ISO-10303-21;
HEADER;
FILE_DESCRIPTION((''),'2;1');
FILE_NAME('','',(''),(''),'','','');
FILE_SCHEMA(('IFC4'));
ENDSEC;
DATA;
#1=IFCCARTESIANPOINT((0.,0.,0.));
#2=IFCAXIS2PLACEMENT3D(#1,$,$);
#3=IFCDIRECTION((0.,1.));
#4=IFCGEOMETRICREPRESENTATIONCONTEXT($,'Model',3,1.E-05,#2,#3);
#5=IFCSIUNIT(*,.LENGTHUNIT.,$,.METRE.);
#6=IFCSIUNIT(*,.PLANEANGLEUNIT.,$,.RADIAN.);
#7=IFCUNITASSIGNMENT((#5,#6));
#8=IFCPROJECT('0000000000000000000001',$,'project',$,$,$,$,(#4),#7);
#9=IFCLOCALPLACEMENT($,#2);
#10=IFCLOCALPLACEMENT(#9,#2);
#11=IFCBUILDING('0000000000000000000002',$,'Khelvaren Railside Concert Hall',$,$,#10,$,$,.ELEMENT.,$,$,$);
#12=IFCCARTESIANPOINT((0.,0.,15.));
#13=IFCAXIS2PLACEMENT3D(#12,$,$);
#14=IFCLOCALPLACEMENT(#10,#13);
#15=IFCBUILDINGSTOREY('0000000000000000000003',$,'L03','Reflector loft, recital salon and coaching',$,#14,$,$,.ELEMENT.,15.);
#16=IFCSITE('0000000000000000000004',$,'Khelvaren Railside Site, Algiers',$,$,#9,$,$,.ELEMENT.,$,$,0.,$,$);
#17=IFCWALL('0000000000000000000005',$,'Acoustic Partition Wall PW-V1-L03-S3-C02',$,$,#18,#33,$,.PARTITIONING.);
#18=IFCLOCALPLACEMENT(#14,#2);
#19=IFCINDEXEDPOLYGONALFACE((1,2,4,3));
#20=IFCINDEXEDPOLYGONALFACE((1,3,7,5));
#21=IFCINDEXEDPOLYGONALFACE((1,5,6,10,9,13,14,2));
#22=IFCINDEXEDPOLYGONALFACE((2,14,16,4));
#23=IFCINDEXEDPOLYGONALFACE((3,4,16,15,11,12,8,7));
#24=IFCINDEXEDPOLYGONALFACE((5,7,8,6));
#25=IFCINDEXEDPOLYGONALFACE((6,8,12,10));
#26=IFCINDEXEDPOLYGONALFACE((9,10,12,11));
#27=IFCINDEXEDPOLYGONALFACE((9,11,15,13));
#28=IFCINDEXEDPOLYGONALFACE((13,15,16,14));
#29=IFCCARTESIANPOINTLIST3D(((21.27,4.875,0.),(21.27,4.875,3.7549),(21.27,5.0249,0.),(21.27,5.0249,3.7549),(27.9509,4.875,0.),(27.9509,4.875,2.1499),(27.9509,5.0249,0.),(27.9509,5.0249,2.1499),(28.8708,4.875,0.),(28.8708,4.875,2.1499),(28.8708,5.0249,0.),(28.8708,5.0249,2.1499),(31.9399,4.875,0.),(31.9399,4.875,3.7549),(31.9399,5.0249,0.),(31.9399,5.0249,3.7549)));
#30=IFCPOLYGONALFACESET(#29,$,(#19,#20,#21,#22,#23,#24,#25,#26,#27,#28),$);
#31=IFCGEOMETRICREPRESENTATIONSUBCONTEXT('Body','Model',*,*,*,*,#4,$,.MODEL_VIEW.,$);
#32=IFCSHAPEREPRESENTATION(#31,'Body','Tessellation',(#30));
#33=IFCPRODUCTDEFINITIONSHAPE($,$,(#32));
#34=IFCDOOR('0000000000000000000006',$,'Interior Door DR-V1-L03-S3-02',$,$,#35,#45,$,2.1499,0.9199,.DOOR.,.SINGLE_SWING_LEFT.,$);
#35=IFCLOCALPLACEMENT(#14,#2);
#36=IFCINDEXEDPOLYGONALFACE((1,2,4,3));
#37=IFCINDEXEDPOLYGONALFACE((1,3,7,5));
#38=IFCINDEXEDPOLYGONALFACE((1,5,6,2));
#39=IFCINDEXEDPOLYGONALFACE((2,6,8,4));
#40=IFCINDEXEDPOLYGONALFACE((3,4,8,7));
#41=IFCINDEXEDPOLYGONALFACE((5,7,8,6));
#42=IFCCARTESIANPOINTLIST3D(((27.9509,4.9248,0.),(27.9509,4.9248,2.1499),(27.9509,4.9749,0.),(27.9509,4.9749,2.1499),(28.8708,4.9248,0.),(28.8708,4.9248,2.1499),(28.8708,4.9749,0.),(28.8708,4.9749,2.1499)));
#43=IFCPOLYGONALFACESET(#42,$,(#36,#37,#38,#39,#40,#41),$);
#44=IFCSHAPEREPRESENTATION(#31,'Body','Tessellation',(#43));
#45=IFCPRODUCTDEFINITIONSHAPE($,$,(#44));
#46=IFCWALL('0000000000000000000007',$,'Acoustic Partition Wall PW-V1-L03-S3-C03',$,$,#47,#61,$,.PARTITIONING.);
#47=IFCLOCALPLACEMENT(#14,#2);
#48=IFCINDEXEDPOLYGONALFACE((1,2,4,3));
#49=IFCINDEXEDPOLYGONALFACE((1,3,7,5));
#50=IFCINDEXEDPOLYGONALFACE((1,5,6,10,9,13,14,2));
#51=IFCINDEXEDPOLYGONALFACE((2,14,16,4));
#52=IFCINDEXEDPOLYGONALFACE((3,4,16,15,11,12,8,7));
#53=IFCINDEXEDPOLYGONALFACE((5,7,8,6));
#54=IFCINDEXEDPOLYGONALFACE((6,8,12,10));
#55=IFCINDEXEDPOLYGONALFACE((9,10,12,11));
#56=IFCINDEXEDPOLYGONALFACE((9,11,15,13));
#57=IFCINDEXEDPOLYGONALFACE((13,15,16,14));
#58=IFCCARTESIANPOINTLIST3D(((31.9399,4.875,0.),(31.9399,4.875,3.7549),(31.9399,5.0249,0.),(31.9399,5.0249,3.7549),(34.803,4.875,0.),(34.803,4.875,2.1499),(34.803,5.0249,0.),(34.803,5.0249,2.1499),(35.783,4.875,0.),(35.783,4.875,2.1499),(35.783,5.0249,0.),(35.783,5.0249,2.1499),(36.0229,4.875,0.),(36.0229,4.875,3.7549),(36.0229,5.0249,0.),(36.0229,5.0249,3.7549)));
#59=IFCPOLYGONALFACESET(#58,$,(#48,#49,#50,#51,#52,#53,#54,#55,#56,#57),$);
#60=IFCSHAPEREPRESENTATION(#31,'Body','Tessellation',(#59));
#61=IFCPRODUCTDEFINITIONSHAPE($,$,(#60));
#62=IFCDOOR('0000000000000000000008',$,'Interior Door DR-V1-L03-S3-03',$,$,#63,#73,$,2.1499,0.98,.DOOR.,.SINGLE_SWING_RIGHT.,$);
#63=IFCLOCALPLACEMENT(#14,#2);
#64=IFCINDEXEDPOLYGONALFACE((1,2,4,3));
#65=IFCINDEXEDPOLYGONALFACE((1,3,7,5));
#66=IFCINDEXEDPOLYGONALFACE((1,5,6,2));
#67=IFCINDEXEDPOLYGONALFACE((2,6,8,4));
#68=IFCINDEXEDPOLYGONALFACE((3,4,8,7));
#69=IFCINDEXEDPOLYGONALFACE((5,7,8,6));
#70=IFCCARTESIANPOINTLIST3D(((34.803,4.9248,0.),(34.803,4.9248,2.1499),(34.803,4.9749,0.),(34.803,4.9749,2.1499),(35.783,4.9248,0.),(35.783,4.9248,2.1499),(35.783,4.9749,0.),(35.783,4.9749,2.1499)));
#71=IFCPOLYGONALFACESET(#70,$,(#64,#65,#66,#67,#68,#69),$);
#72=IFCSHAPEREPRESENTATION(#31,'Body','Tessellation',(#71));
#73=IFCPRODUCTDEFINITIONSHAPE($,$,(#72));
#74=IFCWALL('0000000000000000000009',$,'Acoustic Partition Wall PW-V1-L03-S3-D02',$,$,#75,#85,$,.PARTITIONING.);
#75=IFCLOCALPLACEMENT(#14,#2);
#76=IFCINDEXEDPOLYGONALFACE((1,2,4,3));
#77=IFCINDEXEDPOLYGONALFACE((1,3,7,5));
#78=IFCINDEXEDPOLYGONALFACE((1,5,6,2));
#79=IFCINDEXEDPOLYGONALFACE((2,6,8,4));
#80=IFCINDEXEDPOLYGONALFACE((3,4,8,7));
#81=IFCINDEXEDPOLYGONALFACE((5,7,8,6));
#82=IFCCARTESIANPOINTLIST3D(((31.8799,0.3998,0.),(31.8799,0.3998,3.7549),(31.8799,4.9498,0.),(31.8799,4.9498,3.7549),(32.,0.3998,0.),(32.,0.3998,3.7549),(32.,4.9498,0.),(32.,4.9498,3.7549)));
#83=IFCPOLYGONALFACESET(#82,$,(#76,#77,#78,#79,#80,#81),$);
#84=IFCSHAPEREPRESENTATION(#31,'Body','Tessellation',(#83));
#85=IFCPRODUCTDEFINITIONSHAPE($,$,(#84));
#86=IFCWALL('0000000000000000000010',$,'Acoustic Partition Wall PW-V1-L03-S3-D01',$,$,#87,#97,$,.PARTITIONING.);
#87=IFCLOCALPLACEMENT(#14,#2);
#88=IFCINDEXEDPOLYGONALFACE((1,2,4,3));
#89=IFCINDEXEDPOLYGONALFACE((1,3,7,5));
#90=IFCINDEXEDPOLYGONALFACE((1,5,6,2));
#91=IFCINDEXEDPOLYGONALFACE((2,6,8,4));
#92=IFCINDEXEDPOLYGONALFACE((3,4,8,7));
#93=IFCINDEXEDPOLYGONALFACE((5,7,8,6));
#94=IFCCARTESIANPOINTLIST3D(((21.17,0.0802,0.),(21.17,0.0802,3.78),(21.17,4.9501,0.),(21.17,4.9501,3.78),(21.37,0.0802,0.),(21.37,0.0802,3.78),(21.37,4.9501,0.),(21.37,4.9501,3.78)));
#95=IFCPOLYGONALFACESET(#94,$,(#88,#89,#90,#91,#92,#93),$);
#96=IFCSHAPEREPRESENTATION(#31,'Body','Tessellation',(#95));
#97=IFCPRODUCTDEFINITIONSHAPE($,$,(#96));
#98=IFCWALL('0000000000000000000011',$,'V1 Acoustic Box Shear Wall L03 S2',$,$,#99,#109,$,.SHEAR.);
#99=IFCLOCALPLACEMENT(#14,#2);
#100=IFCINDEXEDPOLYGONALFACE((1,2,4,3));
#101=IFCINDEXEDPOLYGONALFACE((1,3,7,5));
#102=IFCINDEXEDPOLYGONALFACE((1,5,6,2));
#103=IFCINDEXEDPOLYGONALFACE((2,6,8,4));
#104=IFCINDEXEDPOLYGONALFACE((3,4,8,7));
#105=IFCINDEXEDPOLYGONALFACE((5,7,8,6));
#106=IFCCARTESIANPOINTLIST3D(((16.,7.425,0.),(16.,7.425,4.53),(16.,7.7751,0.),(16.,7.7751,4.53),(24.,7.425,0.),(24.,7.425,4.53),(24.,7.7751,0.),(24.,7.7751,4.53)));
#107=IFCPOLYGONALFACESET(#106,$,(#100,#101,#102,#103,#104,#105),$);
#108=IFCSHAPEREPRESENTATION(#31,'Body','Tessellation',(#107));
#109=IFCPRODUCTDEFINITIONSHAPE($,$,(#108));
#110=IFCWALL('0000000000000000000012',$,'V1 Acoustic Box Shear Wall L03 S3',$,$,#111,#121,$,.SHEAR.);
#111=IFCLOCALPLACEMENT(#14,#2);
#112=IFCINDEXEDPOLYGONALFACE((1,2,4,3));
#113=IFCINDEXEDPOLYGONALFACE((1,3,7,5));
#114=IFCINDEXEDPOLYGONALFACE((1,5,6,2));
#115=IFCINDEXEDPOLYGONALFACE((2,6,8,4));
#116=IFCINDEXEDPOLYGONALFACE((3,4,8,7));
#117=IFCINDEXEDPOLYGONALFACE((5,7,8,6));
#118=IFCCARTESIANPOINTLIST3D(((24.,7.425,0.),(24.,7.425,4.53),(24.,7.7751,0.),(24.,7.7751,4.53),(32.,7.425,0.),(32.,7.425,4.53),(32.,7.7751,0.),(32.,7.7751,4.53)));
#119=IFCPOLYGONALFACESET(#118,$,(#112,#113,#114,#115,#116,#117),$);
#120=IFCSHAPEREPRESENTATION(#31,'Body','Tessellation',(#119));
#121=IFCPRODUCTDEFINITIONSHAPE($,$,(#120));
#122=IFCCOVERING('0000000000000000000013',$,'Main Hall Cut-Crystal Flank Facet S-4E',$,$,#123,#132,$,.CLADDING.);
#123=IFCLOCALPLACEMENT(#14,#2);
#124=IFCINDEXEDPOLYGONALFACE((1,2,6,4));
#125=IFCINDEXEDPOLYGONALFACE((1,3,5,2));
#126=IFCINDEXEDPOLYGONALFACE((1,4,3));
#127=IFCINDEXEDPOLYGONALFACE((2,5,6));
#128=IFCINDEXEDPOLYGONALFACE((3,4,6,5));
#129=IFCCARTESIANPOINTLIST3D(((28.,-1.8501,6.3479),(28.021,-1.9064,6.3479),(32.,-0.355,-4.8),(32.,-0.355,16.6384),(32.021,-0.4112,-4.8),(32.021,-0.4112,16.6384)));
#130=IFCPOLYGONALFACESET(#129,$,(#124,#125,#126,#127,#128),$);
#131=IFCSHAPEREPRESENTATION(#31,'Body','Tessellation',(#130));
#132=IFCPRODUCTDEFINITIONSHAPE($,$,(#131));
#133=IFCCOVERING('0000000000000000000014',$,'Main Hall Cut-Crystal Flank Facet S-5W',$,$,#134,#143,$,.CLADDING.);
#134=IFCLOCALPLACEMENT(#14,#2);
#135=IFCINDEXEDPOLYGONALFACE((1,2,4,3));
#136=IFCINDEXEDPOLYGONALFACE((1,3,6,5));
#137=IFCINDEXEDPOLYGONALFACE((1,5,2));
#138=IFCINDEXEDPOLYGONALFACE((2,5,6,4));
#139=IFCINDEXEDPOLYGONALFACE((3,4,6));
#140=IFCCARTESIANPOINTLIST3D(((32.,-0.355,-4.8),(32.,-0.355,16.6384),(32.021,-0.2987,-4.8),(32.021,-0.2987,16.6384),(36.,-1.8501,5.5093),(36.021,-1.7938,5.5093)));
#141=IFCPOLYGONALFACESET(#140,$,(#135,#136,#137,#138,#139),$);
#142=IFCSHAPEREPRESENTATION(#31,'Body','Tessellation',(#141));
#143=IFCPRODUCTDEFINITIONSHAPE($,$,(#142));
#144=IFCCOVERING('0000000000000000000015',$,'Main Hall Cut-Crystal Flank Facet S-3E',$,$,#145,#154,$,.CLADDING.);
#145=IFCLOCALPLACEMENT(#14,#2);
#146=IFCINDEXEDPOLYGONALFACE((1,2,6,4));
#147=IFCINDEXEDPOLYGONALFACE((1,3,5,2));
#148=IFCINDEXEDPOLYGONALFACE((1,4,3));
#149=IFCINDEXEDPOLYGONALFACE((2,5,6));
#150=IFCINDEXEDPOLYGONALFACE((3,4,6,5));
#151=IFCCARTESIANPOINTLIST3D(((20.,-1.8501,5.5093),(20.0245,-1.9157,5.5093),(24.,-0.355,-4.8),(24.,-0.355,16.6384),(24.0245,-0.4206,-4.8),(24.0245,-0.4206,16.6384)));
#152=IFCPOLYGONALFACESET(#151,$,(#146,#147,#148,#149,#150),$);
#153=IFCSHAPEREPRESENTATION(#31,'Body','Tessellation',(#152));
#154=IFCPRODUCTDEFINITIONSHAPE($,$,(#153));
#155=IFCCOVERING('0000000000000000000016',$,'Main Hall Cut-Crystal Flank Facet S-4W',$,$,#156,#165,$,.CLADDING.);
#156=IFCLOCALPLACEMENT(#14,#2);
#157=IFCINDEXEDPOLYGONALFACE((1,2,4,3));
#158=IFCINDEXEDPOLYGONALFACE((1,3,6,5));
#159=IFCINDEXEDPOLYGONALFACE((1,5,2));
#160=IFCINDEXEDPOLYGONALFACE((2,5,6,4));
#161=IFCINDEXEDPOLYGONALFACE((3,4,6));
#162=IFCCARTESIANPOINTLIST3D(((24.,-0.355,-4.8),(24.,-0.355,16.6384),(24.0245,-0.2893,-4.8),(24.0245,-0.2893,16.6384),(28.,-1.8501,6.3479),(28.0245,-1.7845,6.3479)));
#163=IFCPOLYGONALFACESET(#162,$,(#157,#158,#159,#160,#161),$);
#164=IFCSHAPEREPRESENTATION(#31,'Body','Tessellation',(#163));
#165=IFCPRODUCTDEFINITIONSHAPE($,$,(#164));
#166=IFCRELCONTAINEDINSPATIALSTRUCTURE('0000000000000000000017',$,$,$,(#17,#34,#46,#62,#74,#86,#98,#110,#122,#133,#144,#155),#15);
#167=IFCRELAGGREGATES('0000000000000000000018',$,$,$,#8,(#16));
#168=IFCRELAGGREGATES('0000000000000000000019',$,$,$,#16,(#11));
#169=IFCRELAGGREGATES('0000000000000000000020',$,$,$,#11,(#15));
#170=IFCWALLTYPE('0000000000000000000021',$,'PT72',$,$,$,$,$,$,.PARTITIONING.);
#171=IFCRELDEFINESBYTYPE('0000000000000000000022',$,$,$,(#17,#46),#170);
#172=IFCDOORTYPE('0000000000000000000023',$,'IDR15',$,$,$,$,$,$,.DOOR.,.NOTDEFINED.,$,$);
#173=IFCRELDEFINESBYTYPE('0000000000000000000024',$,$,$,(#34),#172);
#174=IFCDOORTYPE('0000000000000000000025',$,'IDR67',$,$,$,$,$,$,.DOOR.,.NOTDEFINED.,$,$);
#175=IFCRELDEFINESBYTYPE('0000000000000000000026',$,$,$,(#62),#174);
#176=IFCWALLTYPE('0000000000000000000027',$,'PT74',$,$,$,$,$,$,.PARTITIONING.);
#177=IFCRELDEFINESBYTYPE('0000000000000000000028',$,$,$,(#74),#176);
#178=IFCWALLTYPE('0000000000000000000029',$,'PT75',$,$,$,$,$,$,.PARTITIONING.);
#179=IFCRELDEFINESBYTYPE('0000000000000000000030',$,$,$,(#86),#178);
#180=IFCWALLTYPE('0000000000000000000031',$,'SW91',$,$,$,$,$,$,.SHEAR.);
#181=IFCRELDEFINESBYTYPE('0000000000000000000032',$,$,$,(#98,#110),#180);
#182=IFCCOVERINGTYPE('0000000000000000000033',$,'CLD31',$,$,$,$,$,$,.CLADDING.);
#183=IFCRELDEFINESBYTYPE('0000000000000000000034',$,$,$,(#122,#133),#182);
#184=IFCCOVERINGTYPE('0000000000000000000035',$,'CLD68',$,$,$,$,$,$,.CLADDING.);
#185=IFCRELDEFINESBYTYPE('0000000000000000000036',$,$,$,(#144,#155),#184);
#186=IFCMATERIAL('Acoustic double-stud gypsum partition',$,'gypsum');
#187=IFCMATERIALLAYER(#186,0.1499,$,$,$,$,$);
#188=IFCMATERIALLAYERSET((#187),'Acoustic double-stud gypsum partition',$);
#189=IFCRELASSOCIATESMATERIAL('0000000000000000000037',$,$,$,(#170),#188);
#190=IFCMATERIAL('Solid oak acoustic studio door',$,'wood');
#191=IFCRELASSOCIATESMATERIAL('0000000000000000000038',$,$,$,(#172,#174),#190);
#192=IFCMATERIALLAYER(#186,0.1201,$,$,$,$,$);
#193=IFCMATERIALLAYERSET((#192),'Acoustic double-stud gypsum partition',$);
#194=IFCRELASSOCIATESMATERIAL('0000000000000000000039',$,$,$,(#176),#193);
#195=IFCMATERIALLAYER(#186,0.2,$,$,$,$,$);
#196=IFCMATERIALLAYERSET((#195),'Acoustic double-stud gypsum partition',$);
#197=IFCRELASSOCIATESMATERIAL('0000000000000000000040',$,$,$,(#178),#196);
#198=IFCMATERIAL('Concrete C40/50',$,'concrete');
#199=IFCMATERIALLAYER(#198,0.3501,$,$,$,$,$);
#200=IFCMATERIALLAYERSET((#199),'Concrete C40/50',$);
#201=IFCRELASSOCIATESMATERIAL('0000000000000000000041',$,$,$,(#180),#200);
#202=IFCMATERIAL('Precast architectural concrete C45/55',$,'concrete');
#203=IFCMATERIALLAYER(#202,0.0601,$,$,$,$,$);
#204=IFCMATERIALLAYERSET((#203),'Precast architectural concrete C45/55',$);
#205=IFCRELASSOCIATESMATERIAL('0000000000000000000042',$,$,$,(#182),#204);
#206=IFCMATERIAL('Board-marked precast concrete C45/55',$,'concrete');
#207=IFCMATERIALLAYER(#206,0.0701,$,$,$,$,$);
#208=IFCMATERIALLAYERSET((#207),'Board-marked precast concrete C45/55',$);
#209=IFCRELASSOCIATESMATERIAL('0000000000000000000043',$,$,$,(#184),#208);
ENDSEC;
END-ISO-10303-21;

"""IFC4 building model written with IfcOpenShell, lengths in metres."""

from ifc_helpers import new_model, si_unit, direction, frame, frame_2d, origin, place, context, subcontext, project, spatial, polyline, rectangle, outline, extrude, material, layer, layer_set, type_object, element, fill, save


model = new_model("IFC4")

# Units and contexts
model_context = context("Model", 3, precision=1e-05, world=origin(), true_north=direction((0.0, 1.0)))
body_context = subcontext(model_context, "Body", "Model", "MODEL_VIEW")
ifc_project = project(units=[si_unit("LENGTHUNIT", "METRE"), si_unit("PLANEANGLEUNIT", "RADIAN")], contexts=[model_context])

# Site, building, storey
site_placement = place(None, origin())
site = spatial("IfcSite", under=ifc_project, at=site_placement, Name="Khelvaren Railside Site, Algiers", CompositionType="ELEMENT", RefElevation=0.0)
building_placement = place(site_placement, origin())
building = spatial("IfcBuilding", under=site, at=building_placement, Name="Khelvaren Railside Concert Hall", CompositionType="ELEMENT")
storey_placement = place(building_placement, frame((0.0, 0.0, 15.0)))
storey = spatial("IfcBuildingStorey", under=building, at=storey_placement, Name="L03", Description="Reflector loft, recital salon and coaching", CompositionType="ELEMENT", Elevation=15.0)

# Shared definitions
ifc_material_1 = material(Name="Concrete C40/50", Category="concrete")

# Walls, openings, doors
ifc_material_2 = material(Name="Acoustic double-stud gypsum partition", Category="gypsum")
ifc_layer_1 = layer(ifc_material_2, 0.1499)
ifc_layer_set_1 = layer_set([ifc_layer_1], Name="Acoustic double-stud gypsum partition")
wall_type_1 = type_object("IfcWallType", Name="PT72", PredefinedType="PARTITIONING", material=ifc_layer_set_1)
wall_1_placement = place(storey_placement, frame((21.27, 4.95, 0.0), z_axis=(0.0, 0.0, 1.0), x_axis=(1.0, 0.0, 0.0)))
wall_1 = element("IfcWall", 1, at=wall_1_placement, inside=storey, type_object=wall_type_1, Name="Acoustic Partition Wall PW-V1-L03-S3-C02", PredefinedType="PARTITIONING", context=body_context, shape_type="SweptSolid", body=[
    extrude(rectangle(XDim=10.6699, YDim=0.1499, at=frame_2d((5.335, 0.0))), origin(), (0.0, 0.0, 1.0), 3.7549),
])
opening_1_placement = place(wall_1_placement, frame((6.6809, 0.0, 0.0)))
opening_1 = element("IfcOpeningElement", 2, at=opening_1_placement, cuts=wall_1, PredefinedType="OPENING", context=body_context, shape_type="SweptSolid", body=[
    extrude(rectangle(XDim=0.9199, YDim=2.1499, at=frame_2d((0.46, 1.075))), frame((0.0, 0.085, 0.0), z_axis=(0.0, -1.0, 0.0), x_axis=(1.0, 0.0, 0.0)), (0.0, 0.0, 1.0), 0.1699),
])
ifc_material_3 = material(Name="Solid oak acoustic studio door", Category="wood")
door_type_1 = type_object("IfcDoorType", Name="IDR15", OperationType="NOTDEFINED", PredefinedType="DOOR", material=ifc_material_3)
door_1_placement = place(opening_1_placement, origin())
door_1 = element("IfcDoor", 3, at=door_1_placement, inside=storey, type_object=door_type_1, Name="Interior Door DR-V1-L03-S3-02", OperationType="SINGLE_SWING_LEFT", OverallHeight=2.1499, OverallWidth=0.9199, PredefinedType="DOOR", context=body_context, shape_type="SweptSolid", body=[
    extrude(rectangle(XDim=0.9199, YDim=2.1499, at=frame_2d((0.46, 1.075))), frame((0.0, 0.0249, 0.0), z_axis=(0.0, -1.0, 0.0), x_axis=(1.0, 0.0, 0.0)), (0.0, 0.0, 1.0), 0.05),
])
fill(opening_1, door_1)
wall_2_placement = place(storey_placement, frame((31.9399, 4.95, 0.0), z_axis=(0.0, 0.0, 1.0), x_axis=(1.0, 0.0, 0.0)))
wall_2 = element("IfcWall", 4, at=wall_2_placement, inside=storey, type_object=wall_type_1, Name="Acoustic Partition Wall PW-V1-L03-S3-C03", PredefinedType="PARTITIONING", context=body_context, shape_type="SweptSolid", body=[
    extrude(rectangle(XDim=4.083, YDim=0.1499, at=frame_2d((2.0415, 0.0))), origin(), (0.0, 0.0, 1.0), 3.7549),
])
opening_2_placement = place(wall_2_placement, frame((2.863, 0.0, 0.0)))
opening_2 = element("IfcOpeningElement", 5, at=opening_2_placement, cuts=wall_2, PredefinedType="OPENING", context=body_context, shape_type="SweptSolid", body=[
    extrude(rectangle(XDim=0.98, YDim=2.1499, at=frame_2d((0.49, 1.075))), frame((0.0, 0.085, 0.0), z_axis=(0.0, -1.0, 0.0), x_axis=(1.0, 0.0, 0.0)), (0.0, 0.0, 1.0), 0.1699),
])
door_type_2 = type_object("IfcDoorType", Name="IDR67", OperationType="NOTDEFINED", PredefinedType="DOOR", material=ifc_material_3)
door_2_placement = place(opening_2_placement, origin())
door_2 = element("IfcDoor", 6, at=door_2_placement, inside=storey, type_object=door_type_2, Name="Interior Door DR-V1-L03-S3-03", OperationType="SINGLE_SWING_RIGHT", OverallHeight=2.1499, OverallWidth=0.98, PredefinedType="DOOR", context=body_context, shape_type="SweptSolid", body=[
    extrude(rectangle(XDim=0.98, YDim=2.1499, at=frame_2d((0.49, 1.075))), frame((0.0, 0.0249, 0.0), z_axis=(0.0, -1.0, 0.0), x_axis=(1.0, 0.0, 0.0)), (0.0, 0.0, 1.0), 0.05),
])
fill(opening_2, door_2)

# Walls
ifc_layer_2 = layer(ifc_material_2, 0.1201)
ifc_layer_set_2 = layer_set([ifc_layer_2], Name="Acoustic double-stud gypsum partition")
wall_type_2 = type_object("IfcWallType", Name="PT74", PredefinedType="PARTITIONING", material=ifc_layer_set_2)
wall_3_placement = place(storey_placement, frame((31.9399, 0.3999, 0.0), z_axis=(0.0, 0.0, 1.0), x_axis=(0.0, 1.0, 0.0)))
element("IfcWall", 7, at=wall_3_placement, inside=storey, type_object=wall_type_2, Name="Acoustic Partition Wall PW-V1-L03-S3-D02", PredefinedType="PARTITIONING", context=body_context, shape_type="SweptSolid", body=[
    extrude(rectangle(XDim=4.55, YDim=0.1201, at=frame_2d((2.2749, 0.0))), origin(), (0.0, 0.0, 1.0), 3.7549),
])
ifc_layer_3 = layer(ifc_material_2, 0.2)
ifc_layer_set_3 = layer_set([ifc_layer_3], Name="Acoustic double-stud gypsum partition")
wall_type_3 = type_object("IfcWallType", Name="PT75", PredefinedType="PARTITIONING", material=ifc_layer_set_3)
wall_4_placement = place(storey_placement, frame((21.27, 0.0801, 0.0), z_axis=(0.0, 0.0, 1.0), x_axis=(0.0, 1.0, 0.0)))
element("IfcWall", 8, at=wall_4_placement, inside=storey, type_object=wall_type_3, Name="Acoustic Partition Wall PW-V1-L03-S3-D01", PredefinedType="PARTITIONING", context=body_context, shape_type="SweptSolid", body=[
    extrude(rectangle(XDim=4.8699, YDim=0.2, at=frame_2d((2.4351, 0.0))), origin(), (0.0, 0.0, 1.0), 3.78),
])
ifc_layer_4 = layer(ifc_material_1, 0.3501)
ifc_layer_set_4 = layer_set([ifc_layer_4], Name="Concrete C40/50")
wall_type_4 = type_object("IfcWallType", Name="SW91", PredefinedType="SHEAR", material=ifc_layer_set_4)
for number, where, z_axis, x_axis, name in (
    (9, (16.0, 7.6001, 0.0), (0.0, 0.0, 1.0), (1.0, 0.0, 0.0), "V1 Acoustic Box Shear Wall L03 S2"),
    (10, (24.0, 7.6001, 0.0), (0.0, 0.0, 1.0), (1.0, 0.0, 0.0), "V1 Acoustic Box Shear Wall L03 S3"),
):
    element("IfcWall", number, at=place(storey_placement, frame(where, z_axis=z_axis, x_axis=x_axis)), inside=storey, type_object=wall_type_4, Name=name, PredefinedType="SHEAR", context=body_context, shape_type="SweptSolid", body=[
        extrude(rectangle(XDim=8.0, YDim=0.3501, at=frame_2d((4.0, 0.0))), origin(), (0.0, 0.0, 1.0), 4.53),
    ])

# Coverings
ifc_material_4 = material(Name="Precast architectural concrete C45/55", Category="concrete")
ifc_layer_5 = layer(ifc_material_4, 0.0601)
ifc_layer_set_5 = layer_set([ifc_layer_5], Name="Precast architectural concrete C45/55")
covering_type_1 = type_object("IfcCoveringType", Name="CLD31", PredefinedType="CLADDING", material=ifc_layer_set_5)
covering_1_placement = place(storey_placement, frame((32.0, -0.355, 16.6384), z_axis=(-0.350121, 0.936705, 0.0), x_axis=(0.0, 0.0, -1.0)))
element("IfcCovering", 11, at=covering_1_placement, inside=storey, type_object=covering_type_1, Name="Main Hall Cut-Crystal Flank Facet S-4E", PredefinedType="CLADDING", context=body_context, shape_type="SweptSolid", body=[
    extrude(outline(polyline([(0.0, 0.0), (21.4385, 0.0), (10.2905, 4.2703), (0.0, 0.0)])), origin(), (0.0, 0.0, -1.0), 0.0601),
])
covering_2_placement = place(storey_placement, frame((32.0, -0.355, 16.6384), z_axis=(-0.350121, -0.936705, 0.0), x_axis=(0.0, 0.0, -1.0)))
element("IfcCovering", 12, at=covering_2_placement, inside=storey, type_object=covering_type_1, Name="Main Hall Cut-Crystal Flank Facet S-5W", PredefinedType="CLADDING", context=body_context, shape_type="SweptSolid", body=[
    extrude(outline(polyline([(0.0, 0.0), (21.4385, 0.0), (11.1292, 4.2703), (0.0, 0.0)])), origin(), (0.0, 0.0, -1.0), 0.0601),
])
ifc_material_5 = material(Name="Board-marked precast concrete C45/55", Category="concrete")
ifc_layer_6 = layer(ifc_material_5, 0.0701)
ifc_layer_set_6 = layer_set([ifc_layer_6], Name="Board-marked precast concrete C45/55")
covering_type_2 = type_object("IfcCoveringType", Name="CLD68", PredefinedType="CLADDING", material=ifc_layer_set_6)
covering_3_placement = place(storey_placement, frame((24.0, -0.355, 16.6384), z_axis=(-0.350121, 0.936705, 0.0), x_axis=(0.0, 0.0, -1.0)))
element("IfcCovering", 13, at=covering_3_placement, inside=storey, type_object=covering_type_2, Name="Main Hall Cut-Crystal Flank Facet S-3E", PredefinedType="CLADDING", context=body_context, shape_type="SweptSolid", body=[
    extrude(outline(polyline([(0.0, 0.0), (21.4385, 0.0), (11.1292, 4.2703), (0.0, 0.0)])), origin(), (0.0, 0.0, -1.0), 0.0701),
])
covering_4_placement = place(storey_placement, frame((24.0, -0.355, 16.6384), z_axis=(-0.350121, -0.936705, 0.0), x_axis=(0.0, 0.0, -1.0)))
element("IfcCovering", 14, at=covering_4_placement, inside=storey, type_object=covering_type_2, Name="Main Hall Cut-Crystal Flank Facet S-4W", PredefinedType="CLADDING", context=body_context, shape_type="SweptSolid", body=[
    extrude(outline(polyline([(0.0, 0.0), (21.4385, 0.0), (10.2905, 4.2703), (0.0, 0.0)])), origin(), (0.0, 0.0, -1.0), 0.0701),
])

save(model, "model.ifc")
